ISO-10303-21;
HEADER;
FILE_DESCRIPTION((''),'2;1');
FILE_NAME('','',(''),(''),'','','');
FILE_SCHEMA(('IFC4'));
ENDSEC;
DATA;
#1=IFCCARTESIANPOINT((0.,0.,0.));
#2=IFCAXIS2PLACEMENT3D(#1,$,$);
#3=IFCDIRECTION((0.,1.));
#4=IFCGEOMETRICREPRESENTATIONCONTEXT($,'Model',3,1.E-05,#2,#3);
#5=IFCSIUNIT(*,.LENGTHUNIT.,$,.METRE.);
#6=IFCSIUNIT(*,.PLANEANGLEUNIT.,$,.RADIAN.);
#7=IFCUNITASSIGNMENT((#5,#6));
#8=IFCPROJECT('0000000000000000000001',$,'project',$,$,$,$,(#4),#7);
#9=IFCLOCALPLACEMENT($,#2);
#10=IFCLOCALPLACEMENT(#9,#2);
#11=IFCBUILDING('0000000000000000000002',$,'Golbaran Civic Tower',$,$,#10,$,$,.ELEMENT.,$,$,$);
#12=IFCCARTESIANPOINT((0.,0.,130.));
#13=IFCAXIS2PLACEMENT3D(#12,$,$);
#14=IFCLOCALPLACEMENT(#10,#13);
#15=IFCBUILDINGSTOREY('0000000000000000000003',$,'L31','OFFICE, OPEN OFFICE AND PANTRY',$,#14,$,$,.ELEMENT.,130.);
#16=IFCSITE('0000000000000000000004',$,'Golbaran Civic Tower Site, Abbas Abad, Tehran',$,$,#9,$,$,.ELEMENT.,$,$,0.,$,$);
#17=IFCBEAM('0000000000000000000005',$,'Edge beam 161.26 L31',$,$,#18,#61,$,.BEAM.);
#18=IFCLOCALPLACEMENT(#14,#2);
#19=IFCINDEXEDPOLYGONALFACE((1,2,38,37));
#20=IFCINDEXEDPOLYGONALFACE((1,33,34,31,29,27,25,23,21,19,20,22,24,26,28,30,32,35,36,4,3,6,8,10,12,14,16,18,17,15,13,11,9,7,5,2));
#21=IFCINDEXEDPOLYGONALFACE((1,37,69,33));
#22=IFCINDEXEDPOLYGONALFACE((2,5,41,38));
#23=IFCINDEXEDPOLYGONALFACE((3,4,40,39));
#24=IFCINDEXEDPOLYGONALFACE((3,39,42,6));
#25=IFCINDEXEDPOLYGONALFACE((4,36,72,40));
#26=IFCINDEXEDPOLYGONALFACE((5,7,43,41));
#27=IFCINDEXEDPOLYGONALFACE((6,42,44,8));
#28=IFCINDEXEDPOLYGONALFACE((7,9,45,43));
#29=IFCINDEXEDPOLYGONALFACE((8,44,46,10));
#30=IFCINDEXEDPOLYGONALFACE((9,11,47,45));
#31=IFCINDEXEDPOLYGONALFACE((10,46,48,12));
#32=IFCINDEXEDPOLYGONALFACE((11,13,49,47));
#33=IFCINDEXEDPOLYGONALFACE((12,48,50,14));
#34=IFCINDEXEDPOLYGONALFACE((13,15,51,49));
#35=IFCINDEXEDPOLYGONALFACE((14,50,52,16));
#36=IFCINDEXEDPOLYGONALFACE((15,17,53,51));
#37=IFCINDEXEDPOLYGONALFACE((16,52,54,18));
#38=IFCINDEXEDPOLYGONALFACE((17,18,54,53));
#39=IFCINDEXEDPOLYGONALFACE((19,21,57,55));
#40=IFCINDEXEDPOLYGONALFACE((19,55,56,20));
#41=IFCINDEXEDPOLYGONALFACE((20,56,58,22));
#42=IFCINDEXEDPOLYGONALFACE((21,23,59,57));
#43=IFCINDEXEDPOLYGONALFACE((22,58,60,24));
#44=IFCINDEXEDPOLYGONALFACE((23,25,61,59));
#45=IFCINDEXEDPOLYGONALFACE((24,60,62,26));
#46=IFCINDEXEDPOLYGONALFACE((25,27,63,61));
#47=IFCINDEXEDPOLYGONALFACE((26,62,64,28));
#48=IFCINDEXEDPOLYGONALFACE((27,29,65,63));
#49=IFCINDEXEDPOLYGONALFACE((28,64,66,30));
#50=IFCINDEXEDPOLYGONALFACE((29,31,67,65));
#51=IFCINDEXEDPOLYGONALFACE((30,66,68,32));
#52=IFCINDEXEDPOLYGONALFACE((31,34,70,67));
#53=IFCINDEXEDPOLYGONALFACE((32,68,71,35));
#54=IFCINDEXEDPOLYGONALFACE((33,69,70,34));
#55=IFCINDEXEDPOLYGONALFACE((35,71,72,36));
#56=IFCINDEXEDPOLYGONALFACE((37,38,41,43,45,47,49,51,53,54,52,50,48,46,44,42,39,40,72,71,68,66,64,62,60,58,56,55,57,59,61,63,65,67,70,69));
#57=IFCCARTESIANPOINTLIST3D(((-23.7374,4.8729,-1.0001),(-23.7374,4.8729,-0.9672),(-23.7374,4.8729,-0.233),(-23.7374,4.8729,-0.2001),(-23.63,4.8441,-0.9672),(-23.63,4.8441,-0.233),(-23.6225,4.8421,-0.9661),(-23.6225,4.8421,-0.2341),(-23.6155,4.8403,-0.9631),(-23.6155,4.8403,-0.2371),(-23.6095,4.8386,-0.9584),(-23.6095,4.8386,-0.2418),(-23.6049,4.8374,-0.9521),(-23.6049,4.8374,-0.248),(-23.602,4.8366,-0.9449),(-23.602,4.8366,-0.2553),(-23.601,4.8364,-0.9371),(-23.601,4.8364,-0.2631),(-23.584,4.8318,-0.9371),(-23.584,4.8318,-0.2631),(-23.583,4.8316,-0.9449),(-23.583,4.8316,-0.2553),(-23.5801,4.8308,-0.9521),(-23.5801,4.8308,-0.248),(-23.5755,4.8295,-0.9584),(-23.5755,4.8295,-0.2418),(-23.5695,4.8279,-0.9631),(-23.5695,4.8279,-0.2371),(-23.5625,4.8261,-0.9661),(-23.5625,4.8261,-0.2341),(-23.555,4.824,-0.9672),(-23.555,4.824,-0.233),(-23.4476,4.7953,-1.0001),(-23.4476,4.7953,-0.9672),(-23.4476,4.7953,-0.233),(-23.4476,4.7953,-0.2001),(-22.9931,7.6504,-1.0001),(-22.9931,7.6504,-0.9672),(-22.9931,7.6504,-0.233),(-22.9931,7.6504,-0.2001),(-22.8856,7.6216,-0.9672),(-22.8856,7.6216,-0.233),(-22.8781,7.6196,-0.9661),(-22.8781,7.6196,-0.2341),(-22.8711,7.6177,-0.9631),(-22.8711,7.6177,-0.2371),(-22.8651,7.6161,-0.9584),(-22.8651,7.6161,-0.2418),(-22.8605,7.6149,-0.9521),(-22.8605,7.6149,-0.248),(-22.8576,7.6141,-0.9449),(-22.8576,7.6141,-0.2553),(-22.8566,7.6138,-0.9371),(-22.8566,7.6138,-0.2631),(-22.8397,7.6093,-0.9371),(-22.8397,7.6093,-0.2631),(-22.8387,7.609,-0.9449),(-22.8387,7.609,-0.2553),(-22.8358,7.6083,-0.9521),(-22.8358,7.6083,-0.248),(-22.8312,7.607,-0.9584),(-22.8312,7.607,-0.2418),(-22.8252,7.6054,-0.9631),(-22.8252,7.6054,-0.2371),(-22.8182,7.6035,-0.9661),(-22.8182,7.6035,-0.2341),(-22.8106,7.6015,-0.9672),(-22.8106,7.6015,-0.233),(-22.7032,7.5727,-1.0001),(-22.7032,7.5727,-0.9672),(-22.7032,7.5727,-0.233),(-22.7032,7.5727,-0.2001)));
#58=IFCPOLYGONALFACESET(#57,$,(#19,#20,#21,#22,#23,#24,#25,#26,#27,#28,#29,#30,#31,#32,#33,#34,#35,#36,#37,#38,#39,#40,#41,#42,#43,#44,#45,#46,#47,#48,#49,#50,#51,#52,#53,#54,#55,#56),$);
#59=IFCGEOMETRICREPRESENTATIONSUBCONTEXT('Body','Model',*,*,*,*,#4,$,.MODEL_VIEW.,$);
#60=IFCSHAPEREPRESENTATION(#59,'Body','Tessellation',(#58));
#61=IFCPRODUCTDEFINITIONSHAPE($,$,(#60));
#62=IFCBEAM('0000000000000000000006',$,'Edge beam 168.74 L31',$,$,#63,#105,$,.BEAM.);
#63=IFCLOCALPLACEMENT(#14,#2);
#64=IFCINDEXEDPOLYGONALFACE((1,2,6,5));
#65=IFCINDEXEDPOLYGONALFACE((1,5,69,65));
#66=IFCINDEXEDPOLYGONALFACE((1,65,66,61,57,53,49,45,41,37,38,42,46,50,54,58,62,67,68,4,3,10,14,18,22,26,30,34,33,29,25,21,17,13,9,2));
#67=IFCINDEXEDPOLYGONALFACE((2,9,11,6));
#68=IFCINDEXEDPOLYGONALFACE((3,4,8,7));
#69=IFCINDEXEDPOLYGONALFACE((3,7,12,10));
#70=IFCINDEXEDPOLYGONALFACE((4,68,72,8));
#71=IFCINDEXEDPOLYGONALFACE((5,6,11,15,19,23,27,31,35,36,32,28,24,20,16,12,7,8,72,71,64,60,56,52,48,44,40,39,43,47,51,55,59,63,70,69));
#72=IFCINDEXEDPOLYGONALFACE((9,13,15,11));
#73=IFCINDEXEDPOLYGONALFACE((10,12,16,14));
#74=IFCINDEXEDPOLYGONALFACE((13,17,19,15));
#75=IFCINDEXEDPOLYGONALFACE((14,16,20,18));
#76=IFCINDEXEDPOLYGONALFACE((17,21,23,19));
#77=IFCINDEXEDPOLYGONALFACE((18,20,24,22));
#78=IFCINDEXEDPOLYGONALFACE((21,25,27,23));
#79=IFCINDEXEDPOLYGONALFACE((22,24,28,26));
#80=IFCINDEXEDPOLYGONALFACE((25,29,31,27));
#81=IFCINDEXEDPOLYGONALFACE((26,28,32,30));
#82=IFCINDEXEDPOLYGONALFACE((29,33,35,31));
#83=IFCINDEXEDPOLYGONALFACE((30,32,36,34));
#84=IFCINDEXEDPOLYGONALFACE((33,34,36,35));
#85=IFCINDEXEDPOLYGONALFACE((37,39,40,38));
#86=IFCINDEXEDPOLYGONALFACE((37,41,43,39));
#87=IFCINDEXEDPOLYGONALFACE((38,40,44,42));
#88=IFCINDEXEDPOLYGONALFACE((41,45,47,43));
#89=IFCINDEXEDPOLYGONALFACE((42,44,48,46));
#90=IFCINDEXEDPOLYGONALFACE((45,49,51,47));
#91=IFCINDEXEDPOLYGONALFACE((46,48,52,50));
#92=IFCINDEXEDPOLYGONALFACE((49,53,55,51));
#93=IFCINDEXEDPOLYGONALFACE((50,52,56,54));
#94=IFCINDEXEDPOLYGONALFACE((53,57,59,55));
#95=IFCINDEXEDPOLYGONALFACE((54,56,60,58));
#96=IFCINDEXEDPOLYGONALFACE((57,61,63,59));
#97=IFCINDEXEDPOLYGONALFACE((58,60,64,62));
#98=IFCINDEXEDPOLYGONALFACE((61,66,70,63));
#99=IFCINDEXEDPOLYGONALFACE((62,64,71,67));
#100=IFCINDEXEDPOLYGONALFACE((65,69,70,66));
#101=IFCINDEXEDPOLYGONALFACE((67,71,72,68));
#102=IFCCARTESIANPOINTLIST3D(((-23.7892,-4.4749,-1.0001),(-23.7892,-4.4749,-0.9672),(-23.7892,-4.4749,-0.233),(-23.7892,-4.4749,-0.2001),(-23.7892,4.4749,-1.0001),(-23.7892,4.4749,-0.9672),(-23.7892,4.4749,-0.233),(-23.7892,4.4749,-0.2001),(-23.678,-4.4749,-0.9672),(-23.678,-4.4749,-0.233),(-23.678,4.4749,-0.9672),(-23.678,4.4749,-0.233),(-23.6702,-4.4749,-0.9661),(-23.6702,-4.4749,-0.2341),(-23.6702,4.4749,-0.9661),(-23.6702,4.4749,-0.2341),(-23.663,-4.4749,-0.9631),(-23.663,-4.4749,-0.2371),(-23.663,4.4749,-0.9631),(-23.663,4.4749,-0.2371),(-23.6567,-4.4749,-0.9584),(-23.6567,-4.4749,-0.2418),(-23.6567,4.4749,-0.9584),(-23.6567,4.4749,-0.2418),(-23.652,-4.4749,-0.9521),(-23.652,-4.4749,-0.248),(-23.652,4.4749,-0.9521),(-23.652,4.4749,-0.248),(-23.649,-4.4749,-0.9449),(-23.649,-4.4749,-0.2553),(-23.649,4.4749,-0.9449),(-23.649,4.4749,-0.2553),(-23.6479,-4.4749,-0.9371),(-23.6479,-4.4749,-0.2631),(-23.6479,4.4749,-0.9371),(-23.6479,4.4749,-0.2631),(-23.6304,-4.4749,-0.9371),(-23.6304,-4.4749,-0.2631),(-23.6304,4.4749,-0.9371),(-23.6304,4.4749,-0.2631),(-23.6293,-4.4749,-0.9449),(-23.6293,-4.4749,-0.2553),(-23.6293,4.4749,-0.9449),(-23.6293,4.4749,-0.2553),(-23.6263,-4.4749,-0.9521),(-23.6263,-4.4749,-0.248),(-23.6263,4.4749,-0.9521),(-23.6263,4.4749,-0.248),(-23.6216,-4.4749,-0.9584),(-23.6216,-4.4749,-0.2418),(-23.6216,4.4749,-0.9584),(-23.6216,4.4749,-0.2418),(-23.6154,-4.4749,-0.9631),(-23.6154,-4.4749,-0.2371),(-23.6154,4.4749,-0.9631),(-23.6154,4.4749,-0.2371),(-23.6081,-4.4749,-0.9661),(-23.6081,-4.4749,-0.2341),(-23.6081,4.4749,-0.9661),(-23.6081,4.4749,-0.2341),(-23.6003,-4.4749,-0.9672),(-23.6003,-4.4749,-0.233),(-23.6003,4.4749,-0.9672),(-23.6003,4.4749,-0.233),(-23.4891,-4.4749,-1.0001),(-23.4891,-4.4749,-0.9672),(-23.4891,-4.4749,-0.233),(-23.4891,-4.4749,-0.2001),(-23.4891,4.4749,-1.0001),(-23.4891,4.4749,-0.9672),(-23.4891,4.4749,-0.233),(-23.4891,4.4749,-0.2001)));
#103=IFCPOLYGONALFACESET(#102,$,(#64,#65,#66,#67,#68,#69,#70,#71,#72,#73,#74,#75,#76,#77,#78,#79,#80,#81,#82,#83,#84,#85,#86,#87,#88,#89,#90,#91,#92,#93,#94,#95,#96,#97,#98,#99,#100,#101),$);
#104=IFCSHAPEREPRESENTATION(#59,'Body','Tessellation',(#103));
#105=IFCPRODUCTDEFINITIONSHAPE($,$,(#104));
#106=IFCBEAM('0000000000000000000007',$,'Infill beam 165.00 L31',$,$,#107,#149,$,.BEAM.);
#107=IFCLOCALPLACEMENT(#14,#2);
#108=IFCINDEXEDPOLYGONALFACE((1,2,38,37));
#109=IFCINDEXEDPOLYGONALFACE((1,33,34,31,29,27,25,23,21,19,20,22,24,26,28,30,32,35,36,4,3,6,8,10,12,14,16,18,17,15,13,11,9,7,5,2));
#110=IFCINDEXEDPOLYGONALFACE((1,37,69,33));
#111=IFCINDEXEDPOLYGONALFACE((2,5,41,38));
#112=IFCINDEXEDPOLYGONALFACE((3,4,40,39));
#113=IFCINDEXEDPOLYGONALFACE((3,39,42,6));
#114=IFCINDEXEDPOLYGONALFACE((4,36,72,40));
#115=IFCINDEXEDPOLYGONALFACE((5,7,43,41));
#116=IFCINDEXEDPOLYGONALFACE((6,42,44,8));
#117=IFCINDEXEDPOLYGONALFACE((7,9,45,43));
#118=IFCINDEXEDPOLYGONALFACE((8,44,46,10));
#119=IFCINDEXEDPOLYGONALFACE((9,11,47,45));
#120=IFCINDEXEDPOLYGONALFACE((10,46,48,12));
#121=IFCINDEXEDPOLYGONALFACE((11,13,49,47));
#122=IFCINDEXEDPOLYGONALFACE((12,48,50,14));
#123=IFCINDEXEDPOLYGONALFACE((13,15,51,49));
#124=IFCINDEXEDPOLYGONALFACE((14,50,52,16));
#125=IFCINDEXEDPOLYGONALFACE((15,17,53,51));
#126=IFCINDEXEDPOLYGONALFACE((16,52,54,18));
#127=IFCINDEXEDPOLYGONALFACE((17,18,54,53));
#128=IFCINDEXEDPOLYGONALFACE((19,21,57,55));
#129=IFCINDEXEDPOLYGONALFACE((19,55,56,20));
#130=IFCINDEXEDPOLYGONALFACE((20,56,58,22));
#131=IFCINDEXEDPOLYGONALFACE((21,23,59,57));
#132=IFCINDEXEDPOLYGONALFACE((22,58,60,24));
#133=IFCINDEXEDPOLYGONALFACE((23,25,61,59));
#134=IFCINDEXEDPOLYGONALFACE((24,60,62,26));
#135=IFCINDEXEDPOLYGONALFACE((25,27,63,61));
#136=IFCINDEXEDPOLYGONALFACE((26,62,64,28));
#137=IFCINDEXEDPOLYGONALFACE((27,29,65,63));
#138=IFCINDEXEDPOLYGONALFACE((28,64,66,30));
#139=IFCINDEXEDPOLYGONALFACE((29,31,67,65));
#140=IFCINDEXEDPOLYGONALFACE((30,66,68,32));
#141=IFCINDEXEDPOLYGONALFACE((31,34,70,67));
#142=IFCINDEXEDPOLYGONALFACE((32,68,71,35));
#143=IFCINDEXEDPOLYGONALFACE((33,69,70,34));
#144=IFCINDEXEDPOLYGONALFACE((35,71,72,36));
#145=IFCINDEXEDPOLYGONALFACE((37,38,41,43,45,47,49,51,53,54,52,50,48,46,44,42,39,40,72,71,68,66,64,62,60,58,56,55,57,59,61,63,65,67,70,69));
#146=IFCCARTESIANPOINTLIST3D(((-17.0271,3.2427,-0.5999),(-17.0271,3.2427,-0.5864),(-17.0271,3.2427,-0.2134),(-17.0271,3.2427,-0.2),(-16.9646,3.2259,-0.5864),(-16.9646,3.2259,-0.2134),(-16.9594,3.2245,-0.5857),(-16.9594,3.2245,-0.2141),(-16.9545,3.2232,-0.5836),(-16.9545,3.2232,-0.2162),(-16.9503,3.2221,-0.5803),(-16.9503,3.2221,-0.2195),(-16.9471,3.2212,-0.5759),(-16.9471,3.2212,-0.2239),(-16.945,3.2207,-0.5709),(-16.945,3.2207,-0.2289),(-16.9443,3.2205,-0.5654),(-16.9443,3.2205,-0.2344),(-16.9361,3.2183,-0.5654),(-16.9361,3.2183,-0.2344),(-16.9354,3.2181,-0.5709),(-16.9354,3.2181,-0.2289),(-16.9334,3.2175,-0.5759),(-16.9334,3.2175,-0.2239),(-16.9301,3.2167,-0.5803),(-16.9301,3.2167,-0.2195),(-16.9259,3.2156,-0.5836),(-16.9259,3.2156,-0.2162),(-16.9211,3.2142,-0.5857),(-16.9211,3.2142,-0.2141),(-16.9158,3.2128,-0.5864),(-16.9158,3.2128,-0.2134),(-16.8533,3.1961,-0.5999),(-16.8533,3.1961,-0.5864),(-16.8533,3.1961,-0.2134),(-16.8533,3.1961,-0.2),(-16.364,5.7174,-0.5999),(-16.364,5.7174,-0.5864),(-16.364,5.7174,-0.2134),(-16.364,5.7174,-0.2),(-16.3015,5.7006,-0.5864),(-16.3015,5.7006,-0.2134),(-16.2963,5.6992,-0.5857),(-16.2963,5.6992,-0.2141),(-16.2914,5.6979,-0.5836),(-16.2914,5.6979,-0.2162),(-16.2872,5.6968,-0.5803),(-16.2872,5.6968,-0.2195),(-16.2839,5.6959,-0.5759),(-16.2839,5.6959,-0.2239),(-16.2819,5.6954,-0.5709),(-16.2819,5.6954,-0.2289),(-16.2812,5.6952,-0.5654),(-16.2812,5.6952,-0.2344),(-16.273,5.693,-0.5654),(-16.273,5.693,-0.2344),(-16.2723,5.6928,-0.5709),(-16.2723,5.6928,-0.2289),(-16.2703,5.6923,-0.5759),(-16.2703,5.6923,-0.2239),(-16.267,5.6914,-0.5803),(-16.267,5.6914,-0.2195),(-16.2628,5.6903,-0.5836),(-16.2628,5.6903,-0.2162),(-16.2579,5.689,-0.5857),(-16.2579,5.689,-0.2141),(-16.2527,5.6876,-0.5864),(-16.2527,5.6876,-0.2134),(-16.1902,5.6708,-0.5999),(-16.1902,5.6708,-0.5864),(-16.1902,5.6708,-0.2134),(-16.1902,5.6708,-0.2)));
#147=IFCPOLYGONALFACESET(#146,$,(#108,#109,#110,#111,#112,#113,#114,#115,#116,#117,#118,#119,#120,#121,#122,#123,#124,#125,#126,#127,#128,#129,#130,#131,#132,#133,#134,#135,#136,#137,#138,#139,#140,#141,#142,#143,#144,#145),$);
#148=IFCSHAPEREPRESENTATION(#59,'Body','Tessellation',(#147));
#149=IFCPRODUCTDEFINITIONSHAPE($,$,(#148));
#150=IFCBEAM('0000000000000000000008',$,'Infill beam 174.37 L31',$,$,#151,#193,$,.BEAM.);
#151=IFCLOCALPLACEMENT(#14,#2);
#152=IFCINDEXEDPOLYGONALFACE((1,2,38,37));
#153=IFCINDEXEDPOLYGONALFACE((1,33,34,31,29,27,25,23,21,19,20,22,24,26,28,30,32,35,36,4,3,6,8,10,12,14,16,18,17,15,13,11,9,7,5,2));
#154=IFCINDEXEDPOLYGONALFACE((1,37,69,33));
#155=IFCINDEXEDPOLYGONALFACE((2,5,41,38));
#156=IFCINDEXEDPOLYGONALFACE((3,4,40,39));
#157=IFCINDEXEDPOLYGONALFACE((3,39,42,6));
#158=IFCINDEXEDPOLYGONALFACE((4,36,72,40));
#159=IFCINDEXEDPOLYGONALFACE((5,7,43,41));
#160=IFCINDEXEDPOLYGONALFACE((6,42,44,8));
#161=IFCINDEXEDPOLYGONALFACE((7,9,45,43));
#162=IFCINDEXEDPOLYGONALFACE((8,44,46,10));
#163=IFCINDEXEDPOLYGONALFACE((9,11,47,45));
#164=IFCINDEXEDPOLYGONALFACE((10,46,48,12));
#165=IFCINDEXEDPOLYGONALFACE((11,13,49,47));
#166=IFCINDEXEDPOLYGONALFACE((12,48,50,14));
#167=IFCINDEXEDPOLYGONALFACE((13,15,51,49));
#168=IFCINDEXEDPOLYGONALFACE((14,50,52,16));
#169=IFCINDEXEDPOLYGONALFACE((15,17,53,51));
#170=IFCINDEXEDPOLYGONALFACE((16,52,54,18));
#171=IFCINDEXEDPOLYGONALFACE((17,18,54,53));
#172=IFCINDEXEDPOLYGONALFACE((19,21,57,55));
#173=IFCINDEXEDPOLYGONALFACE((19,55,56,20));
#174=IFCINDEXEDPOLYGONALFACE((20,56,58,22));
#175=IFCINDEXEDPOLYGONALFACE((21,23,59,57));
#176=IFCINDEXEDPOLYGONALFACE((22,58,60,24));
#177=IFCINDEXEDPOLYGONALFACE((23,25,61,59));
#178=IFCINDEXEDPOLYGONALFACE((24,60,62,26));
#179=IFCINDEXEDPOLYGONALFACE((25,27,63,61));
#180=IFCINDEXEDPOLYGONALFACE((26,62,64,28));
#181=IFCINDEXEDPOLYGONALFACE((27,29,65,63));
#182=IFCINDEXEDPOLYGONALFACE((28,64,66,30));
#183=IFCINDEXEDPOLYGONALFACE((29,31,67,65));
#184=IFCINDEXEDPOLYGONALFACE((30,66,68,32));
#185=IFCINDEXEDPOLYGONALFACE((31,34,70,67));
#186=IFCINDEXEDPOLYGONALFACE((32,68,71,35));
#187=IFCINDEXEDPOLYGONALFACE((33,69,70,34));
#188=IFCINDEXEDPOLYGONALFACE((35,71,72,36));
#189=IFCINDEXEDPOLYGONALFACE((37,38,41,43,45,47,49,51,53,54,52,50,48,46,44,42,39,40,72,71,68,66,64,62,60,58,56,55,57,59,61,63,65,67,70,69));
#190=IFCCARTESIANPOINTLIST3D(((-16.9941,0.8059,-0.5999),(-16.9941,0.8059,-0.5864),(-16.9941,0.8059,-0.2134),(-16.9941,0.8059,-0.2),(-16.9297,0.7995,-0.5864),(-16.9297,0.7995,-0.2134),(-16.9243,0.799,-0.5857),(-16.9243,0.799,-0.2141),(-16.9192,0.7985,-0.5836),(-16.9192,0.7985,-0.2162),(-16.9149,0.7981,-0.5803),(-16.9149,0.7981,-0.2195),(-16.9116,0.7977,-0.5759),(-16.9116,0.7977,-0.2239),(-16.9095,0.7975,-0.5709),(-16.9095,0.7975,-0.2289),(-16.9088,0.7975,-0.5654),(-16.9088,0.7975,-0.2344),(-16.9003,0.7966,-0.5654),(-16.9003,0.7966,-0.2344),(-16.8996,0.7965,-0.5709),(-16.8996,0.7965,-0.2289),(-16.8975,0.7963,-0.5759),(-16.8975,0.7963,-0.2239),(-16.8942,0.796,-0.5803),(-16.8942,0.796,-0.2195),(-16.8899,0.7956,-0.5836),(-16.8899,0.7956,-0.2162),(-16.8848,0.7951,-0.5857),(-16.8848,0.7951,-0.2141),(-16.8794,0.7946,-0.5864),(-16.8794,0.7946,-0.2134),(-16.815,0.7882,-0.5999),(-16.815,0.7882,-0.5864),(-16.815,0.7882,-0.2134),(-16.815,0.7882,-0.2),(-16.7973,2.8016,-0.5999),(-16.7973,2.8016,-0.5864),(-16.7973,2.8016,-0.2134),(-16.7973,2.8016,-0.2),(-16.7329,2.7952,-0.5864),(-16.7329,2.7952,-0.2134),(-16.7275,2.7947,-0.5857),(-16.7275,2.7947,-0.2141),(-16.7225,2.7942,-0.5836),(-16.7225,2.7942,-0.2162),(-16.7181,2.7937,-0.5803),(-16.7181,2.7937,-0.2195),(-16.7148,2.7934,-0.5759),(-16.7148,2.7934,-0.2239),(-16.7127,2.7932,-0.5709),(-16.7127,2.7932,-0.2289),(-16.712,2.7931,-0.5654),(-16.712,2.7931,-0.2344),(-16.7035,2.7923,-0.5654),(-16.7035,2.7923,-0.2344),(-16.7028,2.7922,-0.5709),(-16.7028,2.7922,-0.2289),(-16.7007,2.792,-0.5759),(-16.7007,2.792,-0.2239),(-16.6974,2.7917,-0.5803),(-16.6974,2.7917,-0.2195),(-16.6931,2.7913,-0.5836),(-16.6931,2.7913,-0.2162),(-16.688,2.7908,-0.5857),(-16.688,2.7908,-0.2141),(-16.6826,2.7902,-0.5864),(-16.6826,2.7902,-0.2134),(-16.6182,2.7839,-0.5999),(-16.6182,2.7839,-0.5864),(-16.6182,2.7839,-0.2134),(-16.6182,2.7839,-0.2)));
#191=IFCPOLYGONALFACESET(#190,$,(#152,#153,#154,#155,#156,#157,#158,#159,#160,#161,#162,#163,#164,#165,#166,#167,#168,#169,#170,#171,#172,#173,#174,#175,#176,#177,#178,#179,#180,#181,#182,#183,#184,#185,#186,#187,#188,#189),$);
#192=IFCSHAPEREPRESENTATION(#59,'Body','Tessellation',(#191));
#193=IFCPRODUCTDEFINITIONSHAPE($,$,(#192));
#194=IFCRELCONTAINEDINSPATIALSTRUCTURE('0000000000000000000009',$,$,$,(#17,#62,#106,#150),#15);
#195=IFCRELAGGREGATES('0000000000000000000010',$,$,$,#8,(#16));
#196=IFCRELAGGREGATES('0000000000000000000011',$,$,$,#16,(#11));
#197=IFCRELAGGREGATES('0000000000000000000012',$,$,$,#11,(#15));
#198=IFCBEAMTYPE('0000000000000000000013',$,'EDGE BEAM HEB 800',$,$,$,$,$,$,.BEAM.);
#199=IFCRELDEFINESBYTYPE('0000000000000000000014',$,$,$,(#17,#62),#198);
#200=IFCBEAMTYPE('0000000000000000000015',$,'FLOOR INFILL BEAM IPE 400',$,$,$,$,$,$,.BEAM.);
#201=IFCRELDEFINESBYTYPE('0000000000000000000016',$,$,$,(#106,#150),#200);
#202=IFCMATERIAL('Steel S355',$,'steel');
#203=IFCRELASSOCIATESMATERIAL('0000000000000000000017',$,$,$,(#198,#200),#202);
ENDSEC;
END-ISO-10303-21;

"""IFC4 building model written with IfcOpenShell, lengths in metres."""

from ifc_helpers import new_model, si_unit, direction, frame, origin, origin_2d, place, context, subcontext, project, spatial, i_section, extrude, material, material_profile, profile_set, type_object, element, save


model = new_model("IFC4")

# Units and contexts
model_context = context("Model", 3, precision=1e-05, world=origin(), true_north=direction((0.0, 1.0)))
body_context = subcontext(model_context, "Body", "Model", "MODEL_VIEW")
ifc_project = project(units=[si_unit("LENGTHUNIT", "METRE"), si_unit("PLANEANGLEUNIT", "RADIAN")], contexts=[model_context])

# Site, building, storey
site_placement = place(None, origin())
site = spatial("IfcSite", under=ifc_project, at=site_placement, Name="Golbaran Civic Tower Site, Abbas Abad, Tehran", CompositionType="ELEMENT", RefElevation=0.0)
building_placement = place(site_placement, origin())
building = spatial("IfcBuilding", under=site, at=building_placement, Name="Golbaran Civic Tower", CompositionType="ELEMENT")
storey_placement = place(building_placement, frame((0.0, 0.0, 130.0)))
storey = spatial("IfcBuildingStorey", under=building, at=storey_placement, Name="L31", Description="OFFICE, OPEN OFFICE AND PANTRY", CompositionType="ELEMENT", Elevation=130.0)

# Beams
ifc_material_1 = material(Name="Steel S355", Category="steel")
ifc_material_profile_1 = material_profile(ifc_material_1, i_section(OverallWidth=0.3, OverallDepth=0.8, WebThickness=0.0176, FlangeThickness=0.033, FilletRadius=0.03, at=origin_2d()), Name="HEB 800")
ifc_profile_set_1 = profile_set([ifc_material_profile_1], Name="Steel S355")
beam_type_1 = type_object("IfcBeamType", Name="EDGE BEAM HEB 800", PredefinedType="BEAM", material=ifc_profile_set_1)
beam_1_placement = place(storey_placement, frame((-22.8481, 7.6116, -0.6001), z_axis=(-0.258862, -0.965914, 0.0), x_axis=(0.965914, -0.258862, 0.0)))
element("IfcBeam", 1, at=beam_1_placement, inside=storey, type_object=beam_type_1, Name="Edge beam 161.26 L31", PredefinedType="BEAM", context=body_context, shape_type="SweptSolid", body=[
    extrude(i_section(OverallWidth=0.3, OverallDepth=0.8, WebThickness=0.0176, FlangeThickness=0.033, FilletRadius=0.03, at=origin_2d()), origin(), (0.0, 0.0, 1.0), 2.8755),
])
beam_2_placement = place(storey_placement, frame((-23.6392, 4.4749, -0.6001), z_axis=(0.0, -1.0, 0.0), x_axis=(1.0, 0.0, 0.0)))
element("IfcBeam", 2, at=beam_2_placement, inside=storey, type_object=beam_type_1, Name="Edge beam 168.74 L31", PredefinedType="BEAM", context=body_context, shape_type="SweptSolid", body=[
    extrude(i_section(OverallWidth=0.3, OverallDepth=0.8, WebThickness=0.0176, FlangeThickness=0.033, FilletRadius=0.03, at=origin_2d()), origin(), (0.0, 0.0, 1.0), 8.9497),
])
ifc_material_profile_2 = material_profile(ifc_material_1, i_section(OverallWidth=0.1799, OverallDepth=0.3999, WebThickness=0.0085, FlangeThickness=0.0134, FilletRadius=0.021, at=origin_2d()), Name="IPE 400")
ifc_profile_set_2 = profile_set([ifc_material_profile_2], Name="Steel S355")
beam_type_2 = type_object("IfcBeamType", Name="FLOOR INFILL BEAM IPE 400", PredefinedType="BEAM", material=ifc_profile_set_2)
beam_3_placement = place(storey_placement, frame((-16.2771, 5.6941, -0.3999), z_axis=(-0.258825, -0.965924, 0.0), x_axis=(0.965924, -0.258825, 0.0)))
element("IfcBeam", 3, at=beam_3_placement, inside=storey, type_object=beam_type_2, Name="Infill beam 165.00 L31", PredefinedType="BEAM", context=body_context, shape_type="SweptSolid", body=[
    extrude(i_section(OverallWidth=0.1799, OverallDepth=0.3999, WebThickness=0.0085, FlangeThickness=0.0134, FilletRadius=0.021, at=origin_2d()), origin(), (0.0, 0.0, 1.0), 2.562),
])
beam_4_placement = place(storey_placement, frame((-16.7078, 2.7927, -0.3999), z_axis=(-0.098129, -0.995174, 0.0), x_axis=(0.995174, -0.098129, 0.0)))
element("IfcBeam", 4, at=beam_4_placement, inside=storey, type_object=beam_type_2, Name="Infill beam 174.37 L31", PredefinedType="BEAM", context=body_context, shape_type="SweptSolid", body=[
    extrude(i_section(OverallWidth=0.1799, OverallDepth=0.3999, WebThickness=0.0085, FlangeThickness=0.0134, FilletRadius=0.021, at=origin_2d()), origin(), (0.0, 0.0, 1.0), 2.0054),
])

save(model, "model.ifc")
